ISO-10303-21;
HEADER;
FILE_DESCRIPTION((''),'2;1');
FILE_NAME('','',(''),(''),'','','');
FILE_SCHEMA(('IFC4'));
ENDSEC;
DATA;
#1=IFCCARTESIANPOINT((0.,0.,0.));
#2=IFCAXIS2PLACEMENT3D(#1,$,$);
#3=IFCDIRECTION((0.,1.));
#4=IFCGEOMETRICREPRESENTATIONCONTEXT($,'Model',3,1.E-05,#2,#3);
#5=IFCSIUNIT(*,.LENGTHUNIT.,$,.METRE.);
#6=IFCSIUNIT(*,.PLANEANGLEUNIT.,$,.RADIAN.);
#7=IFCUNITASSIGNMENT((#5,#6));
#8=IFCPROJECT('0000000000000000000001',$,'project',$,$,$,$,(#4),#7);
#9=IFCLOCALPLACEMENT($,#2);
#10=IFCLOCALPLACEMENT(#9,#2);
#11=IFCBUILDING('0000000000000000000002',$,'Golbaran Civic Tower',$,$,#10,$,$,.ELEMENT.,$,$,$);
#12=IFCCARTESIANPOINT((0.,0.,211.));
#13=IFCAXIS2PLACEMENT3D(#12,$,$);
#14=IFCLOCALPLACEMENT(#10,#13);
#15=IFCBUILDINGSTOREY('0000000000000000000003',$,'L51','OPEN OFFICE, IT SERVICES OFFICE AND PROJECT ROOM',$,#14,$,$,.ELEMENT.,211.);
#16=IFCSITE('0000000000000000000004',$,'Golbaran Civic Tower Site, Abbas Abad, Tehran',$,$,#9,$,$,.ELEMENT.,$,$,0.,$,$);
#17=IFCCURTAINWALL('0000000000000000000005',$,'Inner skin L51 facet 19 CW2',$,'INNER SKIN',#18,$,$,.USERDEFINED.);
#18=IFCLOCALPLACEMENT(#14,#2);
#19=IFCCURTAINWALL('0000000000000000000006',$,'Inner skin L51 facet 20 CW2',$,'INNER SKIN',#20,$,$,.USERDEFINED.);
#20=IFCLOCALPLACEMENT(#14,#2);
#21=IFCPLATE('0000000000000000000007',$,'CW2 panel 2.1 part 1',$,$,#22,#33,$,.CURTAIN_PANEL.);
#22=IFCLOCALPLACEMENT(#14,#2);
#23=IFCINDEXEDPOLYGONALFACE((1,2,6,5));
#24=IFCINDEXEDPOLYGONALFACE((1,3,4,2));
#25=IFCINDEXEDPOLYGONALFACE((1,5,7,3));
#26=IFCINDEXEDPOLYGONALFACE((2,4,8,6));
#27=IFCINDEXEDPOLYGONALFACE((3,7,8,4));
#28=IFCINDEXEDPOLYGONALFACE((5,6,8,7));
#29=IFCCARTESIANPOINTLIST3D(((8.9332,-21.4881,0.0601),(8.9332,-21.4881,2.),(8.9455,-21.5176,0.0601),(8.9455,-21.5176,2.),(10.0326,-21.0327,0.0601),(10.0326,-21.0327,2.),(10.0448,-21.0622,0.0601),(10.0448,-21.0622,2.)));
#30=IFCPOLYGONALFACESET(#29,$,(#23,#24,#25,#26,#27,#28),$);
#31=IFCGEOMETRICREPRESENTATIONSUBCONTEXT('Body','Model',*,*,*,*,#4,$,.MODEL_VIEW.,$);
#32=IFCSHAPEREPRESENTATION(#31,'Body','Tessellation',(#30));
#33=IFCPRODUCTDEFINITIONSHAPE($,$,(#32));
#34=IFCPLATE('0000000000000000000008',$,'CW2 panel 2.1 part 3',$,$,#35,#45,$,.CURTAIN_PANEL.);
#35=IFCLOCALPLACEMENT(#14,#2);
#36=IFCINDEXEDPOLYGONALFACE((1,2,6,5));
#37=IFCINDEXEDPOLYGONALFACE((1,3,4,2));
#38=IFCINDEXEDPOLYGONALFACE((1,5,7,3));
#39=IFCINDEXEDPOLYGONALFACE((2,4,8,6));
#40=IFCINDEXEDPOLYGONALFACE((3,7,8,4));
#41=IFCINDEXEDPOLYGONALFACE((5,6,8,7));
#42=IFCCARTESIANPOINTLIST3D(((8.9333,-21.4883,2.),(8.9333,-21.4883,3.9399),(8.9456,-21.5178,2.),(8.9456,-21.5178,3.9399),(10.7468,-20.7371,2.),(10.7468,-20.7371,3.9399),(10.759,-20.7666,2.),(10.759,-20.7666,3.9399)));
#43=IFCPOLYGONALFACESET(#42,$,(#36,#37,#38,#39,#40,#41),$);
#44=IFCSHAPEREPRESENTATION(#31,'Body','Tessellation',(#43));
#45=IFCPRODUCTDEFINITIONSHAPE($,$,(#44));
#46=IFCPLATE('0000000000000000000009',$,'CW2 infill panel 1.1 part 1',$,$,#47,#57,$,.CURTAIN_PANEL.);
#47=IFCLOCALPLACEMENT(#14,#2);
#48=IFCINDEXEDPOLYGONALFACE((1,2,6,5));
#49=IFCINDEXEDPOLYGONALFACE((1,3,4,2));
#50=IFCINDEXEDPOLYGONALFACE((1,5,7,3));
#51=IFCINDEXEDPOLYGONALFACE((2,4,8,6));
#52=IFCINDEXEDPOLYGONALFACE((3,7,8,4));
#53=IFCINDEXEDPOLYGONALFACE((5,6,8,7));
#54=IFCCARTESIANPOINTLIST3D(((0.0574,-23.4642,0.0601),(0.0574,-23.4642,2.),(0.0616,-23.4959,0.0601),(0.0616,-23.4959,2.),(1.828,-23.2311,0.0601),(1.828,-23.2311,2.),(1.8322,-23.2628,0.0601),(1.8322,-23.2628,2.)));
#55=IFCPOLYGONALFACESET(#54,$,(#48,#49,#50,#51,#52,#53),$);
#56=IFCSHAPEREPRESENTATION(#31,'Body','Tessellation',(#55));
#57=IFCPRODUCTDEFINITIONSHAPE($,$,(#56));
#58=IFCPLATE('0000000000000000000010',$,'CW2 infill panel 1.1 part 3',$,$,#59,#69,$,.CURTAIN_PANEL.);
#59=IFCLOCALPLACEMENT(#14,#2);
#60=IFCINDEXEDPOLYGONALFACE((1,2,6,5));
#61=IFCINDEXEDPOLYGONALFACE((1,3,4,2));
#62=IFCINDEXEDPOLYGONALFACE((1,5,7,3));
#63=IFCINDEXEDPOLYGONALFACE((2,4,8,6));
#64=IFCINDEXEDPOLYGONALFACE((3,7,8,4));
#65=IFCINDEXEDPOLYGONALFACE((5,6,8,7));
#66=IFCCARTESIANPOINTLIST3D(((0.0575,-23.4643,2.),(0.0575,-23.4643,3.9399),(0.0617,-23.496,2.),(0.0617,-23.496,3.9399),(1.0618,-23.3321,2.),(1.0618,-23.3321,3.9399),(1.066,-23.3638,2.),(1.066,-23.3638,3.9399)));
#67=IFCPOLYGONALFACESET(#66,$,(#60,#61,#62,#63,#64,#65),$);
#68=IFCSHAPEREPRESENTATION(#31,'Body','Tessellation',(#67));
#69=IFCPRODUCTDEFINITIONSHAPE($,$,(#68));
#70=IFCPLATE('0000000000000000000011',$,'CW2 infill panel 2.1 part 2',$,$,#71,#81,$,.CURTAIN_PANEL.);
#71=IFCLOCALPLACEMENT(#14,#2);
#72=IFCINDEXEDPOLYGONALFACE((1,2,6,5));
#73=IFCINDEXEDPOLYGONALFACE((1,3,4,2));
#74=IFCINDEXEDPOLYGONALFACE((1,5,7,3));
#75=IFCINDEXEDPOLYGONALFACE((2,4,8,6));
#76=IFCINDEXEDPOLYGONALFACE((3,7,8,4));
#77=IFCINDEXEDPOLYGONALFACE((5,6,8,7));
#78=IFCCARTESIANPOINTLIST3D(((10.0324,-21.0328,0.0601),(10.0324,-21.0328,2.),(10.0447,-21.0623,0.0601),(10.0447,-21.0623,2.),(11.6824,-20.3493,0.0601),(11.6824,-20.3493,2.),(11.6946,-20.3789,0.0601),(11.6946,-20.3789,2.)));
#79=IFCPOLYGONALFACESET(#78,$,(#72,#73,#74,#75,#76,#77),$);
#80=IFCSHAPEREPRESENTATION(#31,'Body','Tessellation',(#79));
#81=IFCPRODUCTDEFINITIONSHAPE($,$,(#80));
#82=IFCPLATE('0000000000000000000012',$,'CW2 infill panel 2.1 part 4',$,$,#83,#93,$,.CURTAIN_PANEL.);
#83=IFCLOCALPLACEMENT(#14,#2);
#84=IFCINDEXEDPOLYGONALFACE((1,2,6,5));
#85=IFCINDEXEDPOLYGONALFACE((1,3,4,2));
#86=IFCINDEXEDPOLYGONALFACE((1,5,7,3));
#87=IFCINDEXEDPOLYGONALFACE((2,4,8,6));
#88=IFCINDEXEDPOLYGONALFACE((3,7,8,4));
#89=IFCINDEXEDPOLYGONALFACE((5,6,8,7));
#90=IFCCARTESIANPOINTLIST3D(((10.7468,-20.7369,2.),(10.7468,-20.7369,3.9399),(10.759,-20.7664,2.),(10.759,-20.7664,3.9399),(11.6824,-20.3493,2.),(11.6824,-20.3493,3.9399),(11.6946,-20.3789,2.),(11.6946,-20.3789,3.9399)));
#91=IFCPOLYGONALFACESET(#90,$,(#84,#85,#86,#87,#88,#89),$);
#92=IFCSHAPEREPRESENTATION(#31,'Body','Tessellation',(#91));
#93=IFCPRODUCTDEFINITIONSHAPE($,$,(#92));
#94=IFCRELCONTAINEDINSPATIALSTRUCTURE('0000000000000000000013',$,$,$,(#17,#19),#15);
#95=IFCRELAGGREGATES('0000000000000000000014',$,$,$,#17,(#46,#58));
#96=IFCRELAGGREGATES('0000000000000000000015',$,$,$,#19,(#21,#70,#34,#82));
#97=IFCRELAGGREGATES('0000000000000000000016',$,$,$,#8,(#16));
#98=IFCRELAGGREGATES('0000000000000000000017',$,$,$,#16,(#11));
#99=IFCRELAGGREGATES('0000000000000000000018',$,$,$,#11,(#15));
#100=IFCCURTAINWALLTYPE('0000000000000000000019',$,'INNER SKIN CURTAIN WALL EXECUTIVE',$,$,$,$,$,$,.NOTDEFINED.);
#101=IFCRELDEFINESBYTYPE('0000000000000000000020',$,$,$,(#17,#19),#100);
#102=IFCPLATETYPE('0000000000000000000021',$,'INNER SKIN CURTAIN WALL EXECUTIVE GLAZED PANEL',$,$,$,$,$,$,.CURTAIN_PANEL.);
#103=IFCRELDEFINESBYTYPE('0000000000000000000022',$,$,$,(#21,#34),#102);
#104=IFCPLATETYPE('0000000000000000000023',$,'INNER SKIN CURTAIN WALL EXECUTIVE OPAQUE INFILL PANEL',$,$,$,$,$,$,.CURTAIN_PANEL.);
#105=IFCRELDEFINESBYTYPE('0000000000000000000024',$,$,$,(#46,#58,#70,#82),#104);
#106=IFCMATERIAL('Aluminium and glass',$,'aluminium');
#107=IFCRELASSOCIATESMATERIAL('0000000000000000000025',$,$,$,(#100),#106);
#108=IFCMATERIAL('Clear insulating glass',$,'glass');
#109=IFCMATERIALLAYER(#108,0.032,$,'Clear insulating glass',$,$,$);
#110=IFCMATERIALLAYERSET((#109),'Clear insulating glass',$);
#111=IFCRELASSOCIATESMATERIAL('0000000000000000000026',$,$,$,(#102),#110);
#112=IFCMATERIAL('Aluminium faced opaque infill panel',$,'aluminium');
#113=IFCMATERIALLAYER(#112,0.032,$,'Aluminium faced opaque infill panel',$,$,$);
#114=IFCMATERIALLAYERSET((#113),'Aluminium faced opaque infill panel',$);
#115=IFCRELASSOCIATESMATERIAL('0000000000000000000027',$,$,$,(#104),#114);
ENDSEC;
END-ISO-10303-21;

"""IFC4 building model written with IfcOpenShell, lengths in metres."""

from ifc_helpers import new_model, si_unit, direction, frame, origin, origin_2d, place, context, subcontext, project, spatial, rectangle, extrude, material, layer, layer_set, type_object, element, aggregate, save


model = new_model("IFC4")

# Units and contexts
model_context = context("Model", 3, precision=1e-05, world=origin(), true_north=direction((0.0, 1.0)))
body_context = subcontext(model_context, "Body", "Model", "MODEL_VIEW")
ifc_project = project(units=[si_unit("LENGTHUNIT", "METRE"), si_unit("PLANEANGLEUNIT", "RADIAN")], contexts=[model_context])

# Site, building, storey
site_placement = place(None, origin())
site = spatial("IfcSite", under=ifc_project, at=site_placement, Name="Golbaran Civic Tower Site, Abbas Abad, Tehran", CompositionType="ELEMENT", RefElevation=0.0)
building_placement = place(site_placement, origin())
building = spatial("IfcBuilding", under=site, at=building_placement, Name="Golbaran Civic Tower", CompositionType="ELEMENT")
storey_placement = place(building_placement, frame((0.0, 0.0, 211.0)))
storey = spatial("IfcBuildingStorey", under=building, at=storey_placement, Name="L51", Description="OPEN OFFICE, IT SERVICES OFFICE AND PROJECT ROOM", CompositionType="ELEMENT", Elevation=211.0)

# Shared definitions
ifc_material_1 = material(Name="Aluminium and glass", Category="aluminium")
curtain_wall_type = type_object("IfcCurtainWallType", Name="INNER SKIN CURTAIN WALL EXECUTIVE", PredefinedType="NOTDEFINED", material=ifc_material_1)

# Curtain walls
curtain_wall_1_placement = place(storey_placement, origin())
curtain_wall_1 = element("IfcCurtainWall", 1, at=curtain_wall_1_placement, inside=storey, type_object=curtain_wall_type, Name="Inner skin L51 facet 19 CW2", ObjectType="INNER SKIN", PredefinedType="USERDEFINED")
curtain_wall_2_placement = place(storey_placement, origin())
curtain_wall_2 = element("IfcCurtainWall", 2, at=curtain_wall_2_placement, inside=storey, type_object=curtain_wall_type, Name="Inner skin L51 facet 20 CW2", ObjectType="INNER SKIN", PredefinedType="USERDEFINED")

# Plates
ifc_material_2 = material(Name="Clear insulating glass", Category="glass")
ifc_layer_1 = layer(ifc_material_2, 0.032, Name="Clear insulating glass")
ifc_layer_set_1 = layer_set([ifc_layer_1], Name="Clear insulating glass")
plate_type_1 = type_object("IfcPlateType", Name="INNER SKIN CURTAIN WALL EXECUTIVE GLAZED PANEL", PredefinedType="CURTAIN_PANEL", material=ifc_layer_set_1)
plate_1_placement = place(storey_placement, frame((9.489, -21.2751, 0.0601), z_axis=(0.0, 0.0, 1.0), x_axis=(0.92388, 0.382683, 0.0)))
plate_1 = element("IfcPlate", 3, at=plate_1_placement, type_object=plate_type_1, Name="CW2 panel 2.1 part 1", PredefinedType="CURTAIN_PANEL", context=body_context, shape_type="SweptSolid", body=[
    extrude(rectangle(XDim=1.1899, YDim=0.032, at=origin_2d()), origin(), (0.0, 0.0, 1.0), 1.9399),
])
plate_2_placement = place(storey_placement, frame((9.8462, -21.1274, 2.0), z_axis=(0.0, 0.0, 1.0), x_axis=(0.92388, 0.382683, 0.0)))
plate_2 = element("IfcPlate", 4, at=plate_2_placement, type_object=plate_type_1, Name="CW2 panel 2.1 part 3", PredefinedType="CURTAIN_PANEL", context=body_context, shape_type="SweptSolid", body=[
    extrude(rectangle(XDim=1.9629, YDim=0.032, at=origin_2d()), origin(), (0.0, 0.0, 1.0), 1.9399),
])
ifc_material_3 = material(Name="Aluminium faced opaque infill panel", Category="aluminium")
ifc_layer_2 = layer(ifc_material_3, 0.032, Name="Aluminium faced opaque infill panel")
ifc_layer_set_2 = layer_set([ifc_layer_2], Name="Aluminium faced opaque infill panel")
plate_type_2 = type_object("IfcPlateType", Name="INNER SKIN CURTAIN WALL EXECUTIVE OPAQUE INFILL PANEL", PredefinedType="CURTAIN_PANEL", material=ifc_layer_set_2)
plate_3_placement = place(storey_placement, frame((0.9448, -23.3635, 0.0601), z_axis=(0.0, 0.0, 1.0), x_axis=(0.991445, 0.130526, 0.0)))
plate_3 = element("IfcPlate", 5, at=plate_3_placement, type_object=plate_type_2, Name="CW2 infill panel 1.1 part 1", PredefinedType="CURTAIN_PANEL", context=body_context, shape_type="SweptSolid", body=[
    extrude(rectangle(XDim=1.7859, YDim=0.032, at=origin_2d()), origin(), (0.0, 0.0, 1.0), 1.9399),
])
plate_4_placement = place(storey_placement, frame((0.5618, -23.4141, 2.0), z_axis=(0.0, 0.0, 1.0), x_axis=(0.991445, 0.130526, 0.0)))
plate_4 = element("IfcPlate", 6, at=plate_4_placement, type_object=plate_type_2, Name="CW2 infill panel 1.1 part 3", PredefinedType="CURTAIN_PANEL", context=body_context, shape_type="SweptSolid", body=[
    extrude(rectangle(XDim=1.0129, YDim=0.032, at=origin_2d()), origin(), (0.0, 0.0, 1.0), 1.9399),
])
aggregate(curtain_wall_1, [plate_3, plate_4])
plate_5_placement = place(storey_placement, frame((10.8635, -20.7058, 0.0601), z_axis=(0.0, 0.0, 1.0), x_axis=(0.92388, 0.382683, 0.0)))
plate_5 = element("IfcPlate", 7, at=plate_5_placement, type_object=plate_type_2, Name="CW2 infill panel 2.1 part 2", PredefinedType="CURTAIN_PANEL", context=body_context, shape_type="SweptSolid", body=[
    extrude(rectangle(XDim=1.7859, YDim=0.032, at=origin_2d()), origin(), (0.0, 0.0, 1.0), 1.9399),
])
plate_6_placement = place(storey_placement, frame((11.2207, -20.5579, 2.0), z_axis=(0.0, 0.0, 1.0), x_axis=(0.92388, 0.382683, 0.0)))
plate_6 = element("IfcPlate", 8, at=plate_6_placement, type_object=plate_type_2, Name="CW2 infill panel 2.1 part 4", PredefinedType="CURTAIN_PANEL", context=body_context, shape_type="SweptSolid", body=[
    extrude(rectangle(XDim=1.0127, YDim=0.032, at=origin_2d()), origin(), (0.0, 0.0, 1.0), 1.9399),
])
aggregate(curtain_wall_2, [plate_1, plate_5, plate_2, plate_6])

save(model, "model.ifc")
